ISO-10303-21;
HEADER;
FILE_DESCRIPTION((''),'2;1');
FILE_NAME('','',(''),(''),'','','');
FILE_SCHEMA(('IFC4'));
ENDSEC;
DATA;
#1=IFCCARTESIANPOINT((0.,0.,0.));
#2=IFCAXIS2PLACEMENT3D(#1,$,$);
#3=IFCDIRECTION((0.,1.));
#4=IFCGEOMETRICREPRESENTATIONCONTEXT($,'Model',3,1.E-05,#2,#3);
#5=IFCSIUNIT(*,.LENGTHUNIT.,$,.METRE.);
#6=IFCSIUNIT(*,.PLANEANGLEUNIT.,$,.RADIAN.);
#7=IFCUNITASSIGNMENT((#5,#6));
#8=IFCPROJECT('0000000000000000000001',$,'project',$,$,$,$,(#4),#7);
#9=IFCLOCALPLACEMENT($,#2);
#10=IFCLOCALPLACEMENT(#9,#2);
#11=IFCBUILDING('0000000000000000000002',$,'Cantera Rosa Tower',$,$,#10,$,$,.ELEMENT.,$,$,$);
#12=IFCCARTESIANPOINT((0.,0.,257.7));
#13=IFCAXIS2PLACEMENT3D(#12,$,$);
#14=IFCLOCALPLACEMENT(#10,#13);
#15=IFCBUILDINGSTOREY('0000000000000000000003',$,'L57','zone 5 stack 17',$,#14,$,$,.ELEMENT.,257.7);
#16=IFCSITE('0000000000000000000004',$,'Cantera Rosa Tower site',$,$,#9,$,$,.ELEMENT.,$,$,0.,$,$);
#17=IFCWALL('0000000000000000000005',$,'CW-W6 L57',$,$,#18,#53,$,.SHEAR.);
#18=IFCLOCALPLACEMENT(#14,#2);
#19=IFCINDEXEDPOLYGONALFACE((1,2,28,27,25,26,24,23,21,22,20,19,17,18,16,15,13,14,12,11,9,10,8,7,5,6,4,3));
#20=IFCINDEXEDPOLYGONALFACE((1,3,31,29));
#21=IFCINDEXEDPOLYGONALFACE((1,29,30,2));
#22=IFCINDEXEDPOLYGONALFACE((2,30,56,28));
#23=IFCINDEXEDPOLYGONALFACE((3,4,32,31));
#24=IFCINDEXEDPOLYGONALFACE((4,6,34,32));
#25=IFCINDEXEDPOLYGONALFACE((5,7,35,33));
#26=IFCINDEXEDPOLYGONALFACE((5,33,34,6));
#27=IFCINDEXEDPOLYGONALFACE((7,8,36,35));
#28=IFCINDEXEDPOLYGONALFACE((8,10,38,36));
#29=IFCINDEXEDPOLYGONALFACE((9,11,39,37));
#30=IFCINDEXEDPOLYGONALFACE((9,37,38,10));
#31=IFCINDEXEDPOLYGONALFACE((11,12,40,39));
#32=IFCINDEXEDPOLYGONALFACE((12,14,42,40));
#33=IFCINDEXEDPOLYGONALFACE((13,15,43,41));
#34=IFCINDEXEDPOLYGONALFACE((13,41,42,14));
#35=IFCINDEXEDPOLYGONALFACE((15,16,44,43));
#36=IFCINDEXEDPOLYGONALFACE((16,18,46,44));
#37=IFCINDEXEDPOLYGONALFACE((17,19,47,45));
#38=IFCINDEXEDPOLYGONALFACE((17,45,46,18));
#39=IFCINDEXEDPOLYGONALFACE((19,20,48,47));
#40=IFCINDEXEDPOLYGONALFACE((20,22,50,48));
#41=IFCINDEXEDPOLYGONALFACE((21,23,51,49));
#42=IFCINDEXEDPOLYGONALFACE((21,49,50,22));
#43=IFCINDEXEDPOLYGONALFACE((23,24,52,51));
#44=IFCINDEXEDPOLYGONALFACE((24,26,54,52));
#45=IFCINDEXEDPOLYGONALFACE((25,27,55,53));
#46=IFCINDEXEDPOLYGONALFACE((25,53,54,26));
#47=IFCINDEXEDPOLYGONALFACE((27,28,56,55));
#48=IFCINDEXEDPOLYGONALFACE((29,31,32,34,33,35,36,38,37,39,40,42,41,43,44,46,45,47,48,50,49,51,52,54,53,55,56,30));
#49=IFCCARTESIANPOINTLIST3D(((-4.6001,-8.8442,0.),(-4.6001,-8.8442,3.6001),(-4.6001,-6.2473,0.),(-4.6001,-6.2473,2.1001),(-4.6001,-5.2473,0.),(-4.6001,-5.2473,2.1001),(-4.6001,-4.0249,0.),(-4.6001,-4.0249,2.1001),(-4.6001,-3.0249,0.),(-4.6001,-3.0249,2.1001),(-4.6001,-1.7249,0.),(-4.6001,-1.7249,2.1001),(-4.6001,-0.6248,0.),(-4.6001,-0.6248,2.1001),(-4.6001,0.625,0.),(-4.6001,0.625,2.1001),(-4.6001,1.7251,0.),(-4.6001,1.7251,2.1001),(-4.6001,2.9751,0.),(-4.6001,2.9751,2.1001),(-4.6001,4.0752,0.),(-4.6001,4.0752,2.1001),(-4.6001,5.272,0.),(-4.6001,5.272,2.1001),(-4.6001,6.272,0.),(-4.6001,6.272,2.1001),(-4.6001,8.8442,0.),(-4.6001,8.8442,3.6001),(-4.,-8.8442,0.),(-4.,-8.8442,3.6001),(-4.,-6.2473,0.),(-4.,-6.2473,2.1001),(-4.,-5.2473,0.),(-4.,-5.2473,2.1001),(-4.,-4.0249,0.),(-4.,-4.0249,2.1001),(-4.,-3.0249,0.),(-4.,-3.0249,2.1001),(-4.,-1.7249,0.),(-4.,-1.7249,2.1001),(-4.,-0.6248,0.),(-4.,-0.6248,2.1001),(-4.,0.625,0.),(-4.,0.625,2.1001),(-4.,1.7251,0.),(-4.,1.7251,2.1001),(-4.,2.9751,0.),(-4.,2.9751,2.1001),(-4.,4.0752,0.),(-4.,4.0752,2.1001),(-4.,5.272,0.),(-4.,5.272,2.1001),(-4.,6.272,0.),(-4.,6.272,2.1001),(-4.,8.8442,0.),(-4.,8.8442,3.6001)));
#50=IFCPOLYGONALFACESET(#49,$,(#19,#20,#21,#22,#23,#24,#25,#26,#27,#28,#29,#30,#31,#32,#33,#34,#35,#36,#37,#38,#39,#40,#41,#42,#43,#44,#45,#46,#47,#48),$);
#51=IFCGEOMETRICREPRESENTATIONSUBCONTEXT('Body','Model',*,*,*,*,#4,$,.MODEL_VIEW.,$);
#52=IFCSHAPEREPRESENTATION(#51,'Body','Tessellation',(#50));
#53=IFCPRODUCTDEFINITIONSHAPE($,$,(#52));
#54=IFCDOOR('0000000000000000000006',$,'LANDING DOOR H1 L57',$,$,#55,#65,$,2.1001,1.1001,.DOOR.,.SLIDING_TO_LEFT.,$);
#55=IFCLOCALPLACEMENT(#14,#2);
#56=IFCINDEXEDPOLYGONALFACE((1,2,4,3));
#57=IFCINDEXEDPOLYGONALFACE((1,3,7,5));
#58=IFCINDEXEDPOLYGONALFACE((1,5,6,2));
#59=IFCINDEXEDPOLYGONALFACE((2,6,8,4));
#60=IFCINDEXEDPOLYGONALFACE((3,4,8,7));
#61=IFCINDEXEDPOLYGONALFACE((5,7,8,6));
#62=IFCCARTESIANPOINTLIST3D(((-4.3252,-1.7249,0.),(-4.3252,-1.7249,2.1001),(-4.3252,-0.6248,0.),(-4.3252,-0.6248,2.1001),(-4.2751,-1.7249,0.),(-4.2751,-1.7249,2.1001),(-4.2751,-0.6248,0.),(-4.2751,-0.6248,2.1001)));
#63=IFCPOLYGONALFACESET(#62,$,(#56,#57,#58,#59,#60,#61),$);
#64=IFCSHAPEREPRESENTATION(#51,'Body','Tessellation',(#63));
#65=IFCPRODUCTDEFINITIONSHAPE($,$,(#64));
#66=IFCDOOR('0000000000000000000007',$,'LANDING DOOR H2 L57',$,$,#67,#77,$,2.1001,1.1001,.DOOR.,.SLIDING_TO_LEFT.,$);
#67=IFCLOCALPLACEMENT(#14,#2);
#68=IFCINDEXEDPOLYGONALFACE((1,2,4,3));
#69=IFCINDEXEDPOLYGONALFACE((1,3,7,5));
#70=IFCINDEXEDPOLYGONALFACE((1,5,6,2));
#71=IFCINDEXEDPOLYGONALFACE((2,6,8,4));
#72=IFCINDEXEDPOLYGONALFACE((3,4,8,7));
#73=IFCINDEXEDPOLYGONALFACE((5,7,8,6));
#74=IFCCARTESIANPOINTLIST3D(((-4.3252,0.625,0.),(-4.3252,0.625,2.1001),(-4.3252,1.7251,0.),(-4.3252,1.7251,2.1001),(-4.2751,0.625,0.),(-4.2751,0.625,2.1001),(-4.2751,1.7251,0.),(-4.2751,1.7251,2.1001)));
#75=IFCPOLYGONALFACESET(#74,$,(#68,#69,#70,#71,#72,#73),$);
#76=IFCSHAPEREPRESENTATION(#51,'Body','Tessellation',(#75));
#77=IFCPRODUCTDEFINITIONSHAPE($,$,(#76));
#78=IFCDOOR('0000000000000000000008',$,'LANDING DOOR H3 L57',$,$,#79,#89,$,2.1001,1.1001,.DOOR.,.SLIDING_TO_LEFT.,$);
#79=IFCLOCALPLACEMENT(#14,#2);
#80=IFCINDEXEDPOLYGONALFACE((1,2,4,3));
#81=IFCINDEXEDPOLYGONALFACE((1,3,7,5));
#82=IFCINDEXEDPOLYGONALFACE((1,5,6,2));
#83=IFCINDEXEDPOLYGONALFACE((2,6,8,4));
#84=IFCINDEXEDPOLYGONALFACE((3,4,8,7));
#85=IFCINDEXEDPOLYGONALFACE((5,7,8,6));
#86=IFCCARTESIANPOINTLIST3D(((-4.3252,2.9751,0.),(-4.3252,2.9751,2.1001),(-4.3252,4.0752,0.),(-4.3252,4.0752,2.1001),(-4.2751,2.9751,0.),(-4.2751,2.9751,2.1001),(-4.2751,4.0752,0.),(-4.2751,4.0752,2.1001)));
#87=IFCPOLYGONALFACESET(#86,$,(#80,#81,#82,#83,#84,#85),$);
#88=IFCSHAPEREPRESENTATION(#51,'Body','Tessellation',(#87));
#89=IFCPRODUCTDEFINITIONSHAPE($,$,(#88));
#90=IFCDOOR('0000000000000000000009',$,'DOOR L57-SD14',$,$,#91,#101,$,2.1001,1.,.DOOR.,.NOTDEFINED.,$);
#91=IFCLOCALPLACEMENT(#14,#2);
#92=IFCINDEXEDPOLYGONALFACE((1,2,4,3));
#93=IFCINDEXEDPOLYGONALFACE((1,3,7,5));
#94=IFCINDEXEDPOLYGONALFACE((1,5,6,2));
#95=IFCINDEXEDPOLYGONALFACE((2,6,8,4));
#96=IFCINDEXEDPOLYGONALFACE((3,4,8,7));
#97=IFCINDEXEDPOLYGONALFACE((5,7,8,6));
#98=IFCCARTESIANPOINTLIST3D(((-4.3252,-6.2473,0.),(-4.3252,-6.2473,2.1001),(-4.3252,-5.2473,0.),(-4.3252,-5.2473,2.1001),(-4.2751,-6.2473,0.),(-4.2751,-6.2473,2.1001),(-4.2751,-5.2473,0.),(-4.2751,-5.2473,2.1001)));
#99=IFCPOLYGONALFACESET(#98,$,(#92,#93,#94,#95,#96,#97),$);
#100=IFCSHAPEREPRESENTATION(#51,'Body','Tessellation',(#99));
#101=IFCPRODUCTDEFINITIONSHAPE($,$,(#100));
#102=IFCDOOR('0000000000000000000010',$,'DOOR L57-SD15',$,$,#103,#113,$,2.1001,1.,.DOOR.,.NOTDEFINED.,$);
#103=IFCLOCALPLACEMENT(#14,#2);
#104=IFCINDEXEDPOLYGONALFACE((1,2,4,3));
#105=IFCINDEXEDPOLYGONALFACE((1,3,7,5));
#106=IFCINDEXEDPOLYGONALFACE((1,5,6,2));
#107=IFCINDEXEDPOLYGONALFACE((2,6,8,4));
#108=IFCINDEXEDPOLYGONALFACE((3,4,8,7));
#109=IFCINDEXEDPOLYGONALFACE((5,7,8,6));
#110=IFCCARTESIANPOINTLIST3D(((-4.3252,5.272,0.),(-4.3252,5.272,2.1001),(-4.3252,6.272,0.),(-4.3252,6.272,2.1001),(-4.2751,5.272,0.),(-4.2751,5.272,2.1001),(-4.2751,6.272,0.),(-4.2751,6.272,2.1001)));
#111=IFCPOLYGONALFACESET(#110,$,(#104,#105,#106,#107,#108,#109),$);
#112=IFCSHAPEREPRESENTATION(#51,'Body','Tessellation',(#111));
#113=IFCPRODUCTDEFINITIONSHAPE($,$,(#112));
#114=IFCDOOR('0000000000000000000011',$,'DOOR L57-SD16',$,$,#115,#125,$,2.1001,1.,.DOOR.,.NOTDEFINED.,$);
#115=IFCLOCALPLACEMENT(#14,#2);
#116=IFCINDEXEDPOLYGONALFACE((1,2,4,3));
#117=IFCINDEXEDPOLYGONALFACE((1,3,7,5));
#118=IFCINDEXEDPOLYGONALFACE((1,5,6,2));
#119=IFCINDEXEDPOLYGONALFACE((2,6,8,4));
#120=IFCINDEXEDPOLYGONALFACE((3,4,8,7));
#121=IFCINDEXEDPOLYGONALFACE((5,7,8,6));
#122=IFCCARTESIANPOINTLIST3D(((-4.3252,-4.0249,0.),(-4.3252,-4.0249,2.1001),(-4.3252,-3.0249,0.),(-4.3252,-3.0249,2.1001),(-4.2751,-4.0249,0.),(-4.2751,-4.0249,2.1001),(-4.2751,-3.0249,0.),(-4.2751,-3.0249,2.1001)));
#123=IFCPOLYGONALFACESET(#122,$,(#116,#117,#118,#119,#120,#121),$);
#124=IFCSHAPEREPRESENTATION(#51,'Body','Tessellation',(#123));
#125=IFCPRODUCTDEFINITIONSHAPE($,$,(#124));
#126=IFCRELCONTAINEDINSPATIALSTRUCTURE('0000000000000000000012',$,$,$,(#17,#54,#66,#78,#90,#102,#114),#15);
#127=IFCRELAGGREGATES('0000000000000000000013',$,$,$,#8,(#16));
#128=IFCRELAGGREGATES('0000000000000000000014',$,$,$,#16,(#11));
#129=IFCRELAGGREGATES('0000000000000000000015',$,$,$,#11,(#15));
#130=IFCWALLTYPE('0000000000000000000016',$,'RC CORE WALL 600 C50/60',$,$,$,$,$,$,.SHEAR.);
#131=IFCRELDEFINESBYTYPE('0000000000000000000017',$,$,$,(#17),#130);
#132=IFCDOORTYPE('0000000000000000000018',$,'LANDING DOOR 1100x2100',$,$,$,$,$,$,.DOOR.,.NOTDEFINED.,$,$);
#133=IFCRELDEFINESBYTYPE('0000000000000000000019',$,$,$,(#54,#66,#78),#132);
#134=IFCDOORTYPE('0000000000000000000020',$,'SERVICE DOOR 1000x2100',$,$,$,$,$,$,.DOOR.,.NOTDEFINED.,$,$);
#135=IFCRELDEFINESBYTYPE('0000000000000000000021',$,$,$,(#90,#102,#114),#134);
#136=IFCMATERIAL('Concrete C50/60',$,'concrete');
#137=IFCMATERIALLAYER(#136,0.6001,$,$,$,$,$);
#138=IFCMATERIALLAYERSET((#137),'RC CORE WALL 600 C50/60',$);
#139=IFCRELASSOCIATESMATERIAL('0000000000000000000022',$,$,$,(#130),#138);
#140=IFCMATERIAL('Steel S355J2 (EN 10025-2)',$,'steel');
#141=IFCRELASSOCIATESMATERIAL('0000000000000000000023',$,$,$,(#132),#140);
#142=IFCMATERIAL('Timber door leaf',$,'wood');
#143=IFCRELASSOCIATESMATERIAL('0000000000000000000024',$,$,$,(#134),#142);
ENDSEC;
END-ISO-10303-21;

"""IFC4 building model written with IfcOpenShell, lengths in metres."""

from ifc_helpers import new_model, si_unit, direction, frame, frame_2d, origin, place, context, subcontext, project, spatial, rectangle, extrude, material, layer, layer_set, type_object, element, fill, save


model = new_model("IFC4")

# Units and contexts
model_context = context("Model", 3, precision=1e-05, world=origin(), true_north=direction((0.0, 1.0)))
body_context = subcontext(model_context, "Body", "Model", "MODEL_VIEW")
ifc_project = project(units=[si_unit("LENGTHUNIT", "METRE"), si_unit("PLANEANGLEUNIT", "RADIAN")], contexts=[model_context])

# Site, building, storey
site_placement = place(None, origin())
site = spatial("IfcSite", under=ifc_project, at=site_placement, Name="Cantera Rosa Tower site", CompositionType="ELEMENT", RefElevation=0.0)
building_placement = place(site_placement, origin())
building = spatial("IfcBuilding", under=site, at=building_placement, Name="Cantera Rosa Tower", CompositionType="ELEMENT")
storey_placement = place(building_placement, frame((0.0, 0.0, 257.7)))
storey = spatial("IfcBuildingStorey", under=building, at=storey_placement, Name="L57", Description="zone 5 stack 17", CompositionType="ELEMENT", Elevation=257.7)

# Shared definitions
ifc_material_1 = material(Name="Concrete C50/60", Category="concrete")
ifc_layer_1 = layer(ifc_material_1, 0.6001)
ifc_layer_set_1 = layer_set([ifc_layer_1], Name="RC CORE WALL 600 C50/60")
wall_type_1 = type_object("IfcWallType", Name="RC CORE WALL 600 C50/60", PredefinedType="SHEAR", material=ifc_layer_set_1)

# Wall, openings, doors
wall_1_placement = place(storey_placement, frame((-4.3, 8.8442, 0.0), z_axis=(0.0, 0.0, 1.0), x_axis=(0.0, -1.0, 0.0)))
wall_1 = element("IfcWall", 1, at=wall_1_placement, inside=storey, type_object=wall_type_1, Name="CW-W6 L57", PredefinedType="SHEAR", context=body_context, shape_type="SweptSolid", body=[
    extrude(rectangle(XDim=17.6885, YDim=0.6001, at=frame_2d((8.8442, 0.0))), origin(), (0.0, 0.0, 1.0), 3.6001),
])
opening_1_placement = place(wall_1_placement, frame((9.469, 0.0, 0.0)))
opening_1 = element("IfcOpeningElement", 2, at=opening_1_placement, cuts=wall_1, PredefinedType="OPENING", context=body_context, shape_type="SweptSolid", body=[
    extrude(rectangle(XDim=1.1001, YDim=2.1001, at=frame_2d((0.55, 1.05))), frame((0.0, 0.3101, 0.0), z_axis=(0.0, -1.0, 0.0), x_axis=(1.0, 0.0, 0.0)), (0.0, 0.0, 1.0), 0.6201),
])
opening_2_placement = place(wall_1_placement, frame((7.1191, 0.0, 0.0)))
opening_2 = element("IfcOpeningElement", 3, at=opening_2_placement, cuts=wall_1, PredefinedType="OPENING", context=body_context, shape_type="SweptSolid", body=[
    extrude(rectangle(XDim=1.1001, YDim=2.1001, at=frame_2d((0.55, 1.05))), frame((0.0, 0.3101, 0.0), z_axis=(0.0, -1.0, 0.0), x_axis=(1.0, 0.0, 0.0)), (0.0, 0.0, 1.0), 0.6201),
])
opening_3_placement = place(wall_1_placement, frame((4.769, 0.0, 0.0)))
opening_3 = element("IfcOpeningElement", 4, at=opening_3_placement, cuts=wall_1, PredefinedType="OPENING", context=body_context, shape_type="SweptSolid", body=[
    extrude(rectangle(XDim=1.1001, YDim=2.1001, at=frame_2d((0.55, 1.05))), frame((0.0, 0.3101, 0.0), z_axis=(0.0, -1.0, 0.0), x_axis=(1.0, 0.0, 0.0)), (0.0, 0.0, 1.0), 0.6201),
])
opening_4_placement = place(wall_1_placement, frame((14.0916, 0.0, 0.0)))
opening_4 = element("IfcOpeningElement", 5, at=opening_4_placement, cuts=wall_1, PredefinedType="OPENING", context=body_context, shape_type="SweptSolid", body=[
    extrude(rectangle(XDim=1.0, YDim=2.1001, at=frame_2d((0.5, 1.05))), frame((0.0, 0.3101, 0.0), z_axis=(0.0, -1.0, 0.0), x_axis=(1.0, 0.0, 0.0)), (0.0, 0.0, 1.0), 0.6201),
])
opening_5_placement = place(wall_1_placement, frame((2.5723, 0.0, 0.0)))
opening_5 = element("IfcOpeningElement", 6, at=opening_5_placement, cuts=wall_1, PredefinedType="OPENING", context=body_context, shape_type="SweptSolid", body=[
    extrude(rectangle(XDim=1.0, YDim=2.1001, at=frame_2d((0.5, 1.05))), frame((0.0, 0.3101, 0.0), z_axis=(0.0, -1.0, 0.0), x_axis=(1.0, 0.0, 0.0)), (0.0, 0.0, 1.0), 0.6201),
])
opening_6_placement = place(wall_1_placement, frame((11.8691, 0.0, 0.0)))
opening_6 = element("IfcOpeningElement", 7, at=opening_6_placement, cuts=wall_1, PredefinedType="OPENING", context=body_context, shape_type="SweptSolid", body=[
    extrude(rectangle(XDim=1.0, YDim=2.1001, at=frame_2d((0.5, 1.05))), frame((0.0, 0.3101, 0.0), z_axis=(0.0, -1.0, 0.0), x_axis=(1.0, 0.0, 0.0)), (0.0, 0.0, 1.0), 0.6201),
])
ifc_material_2 = material(Name="Steel S355J2 (EN 10025-2)", Category="steel")
door_type_1 = type_object("IfcDoorType", Name="LANDING DOOR 1100x2100", OperationType="NOTDEFINED", PredefinedType="DOOR", material=ifc_material_2)
door_1_placement = place(opening_1_placement, origin())
door_1 = element("IfcDoor", 8, at=door_1_placement, inside=storey, type_object=door_type_1, Name="LANDING DOOR H1 L57", OperationType="SLIDING_TO_LEFT", OverallHeight=2.1001, OverallWidth=1.1001, PredefinedType="DOOR", context=body_context, shape_type="SweptSolid", body=[
    extrude(rectangle(XDim=1.1001, YDim=2.1001, at=frame_2d((0.55, 1.05))), frame((0.0, 0.0249, 0.0), z_axis=(0.0, -1.0, 0.0), x_axis=(1.0, 0.0, 0.0)), (0.0, 0.0, 1.0), 0.05),
])
fill(opening_1, door_1)
door_2_placement = place(opening_2_placement, origin())
door_2 = element("IfcDoor", 9, at=door_2_placement, inside=storey, type_object=door_type_1, Name="LANDING DOOR H2 L57", OperationType="SLIDING_TO_LEFT", OverallHeight=2.1001, OverallWidth=1.1001, PredefinedType="DOOR", context=body_context, shape_type="SweptSolid", body=[
    extrude(rectangle(XDim=1.1001, YDim=2.1001, at=frame_2d((0.55, 1.05))), frame((0.0, 0.0249, 0.0), z_axis=(0.0, -1.0, 0.0), x_axis=(1.0, 0.0, 0.0)), (0.0, 0.0, 1.0), 0.05),
])
fill(opening_2, door_2)
door_3_placement = place(opening_3_placement, origin())
door_3 = element("IfcDoor", 10, at=door_3_placement, inside=storey, type_object=door_type_1, Name="LANDING DOOR H3 L57", OperationType="SLIDING_TO_LEFT", OverallHeight=2.1001, OverallWidth=1.1001, PredefinedType="DOOR", context=body_context, shape_type="SweptSolid", body=[
    extrude(rectangle(XDim=1.1001, YDim=2.1001, at=frame_2d((0.55, 1.05))), frame((0.0, 0.0249, 0.0), z_axis=(0.0, -1.0, 0.0), x_axis=(1.0, 0.0, 0.0)), (0.0, 0.0, 1.0), 0.05),
])
fill(opening_3, door_3)
ifc_material_3 = material(Name="Timber door leaf", Category="wood")
door_type_2 = type_object("IfcDoorType", Name="SERVICE DOOR 1000x2100", OperationType="NOTDEFINED", PredefinedType="DOOR", material=ifc_material_3)
door_4_placement = place(opening_4_placement, origin())
door_4 = element("IfcDoor", 11, at=door_4_placement, inside=storey, type_object=door_type_2, Name="DOOR L57-SD14", OperationType="NOTDEFINED", OverallHeight=2.1001, OverallWidth=1.0, PredefinedType="DOOR", context=body_context, shape_type="SweptSolid", body=[
    extrude(rectangle(XDim=1.0, YDim=2.1001, at=frame_2d((0.5, 1.05))), frame((0.0, 0.0249, 0.0), z_axis=(0.0, -1.0, 0.0), x_axis=(1.0, 0.0, 0.0)), (0.0, 0.0, 1.0), 0.05),
])
fill(opening_4, door_4)
door_5_placement = place(opening_5_placement, origin())
door_5 = element("IfcDoor", 12, at=door_5_placement, inside=storey, type_object=door_type_2, Name="DOOR L57-SD15", OperationType="NOTDEFINED", OverallHeight=2.1001, OverallWidth=1.0, PredefinedType="DOOR", context=body_context, shape_type="SweptSolid", body=[
    extrude(rectangle(XDim=1.0, YDim=2.1001, at=frame_2d((0.5, 1.05))), frame((0.0, 0.0249, 0.0), z_axis=(0.0, -1.0, 0.0), x_axis=(1.0, 0.0, 0.0)), (0.0, 0.0, 1.0), 0.05),
])
fill(opening_5, door_5)
door_6_placement = place(opening_6_placement, origin())
door_6 = element("IfcDoor", 13, at=door_6_placement, inside=storey, type_object=door_type_2, Name="DOOR L57-SD16", OperationType="NOTDEFINED", OverallHeight=2.1001, OverallWidth=1.0, PredefinedType="DOOR", context=body_context, shape_type="SweptSolid", body=[
    extrude(rectangle(XDim=1.0, YDim=2.1001, at=frame_2d((0.5, 1.05))), frame((0.0, 0.0249, 0.0), z_axis=(0.0, -1.0, 0.0), x_axis=(1.0, 0.0, 0.0)), (0.0, 0.0, 1.0), 0.05),
])
fill(opening_6, door_6)

save(model, "model.ifc")
